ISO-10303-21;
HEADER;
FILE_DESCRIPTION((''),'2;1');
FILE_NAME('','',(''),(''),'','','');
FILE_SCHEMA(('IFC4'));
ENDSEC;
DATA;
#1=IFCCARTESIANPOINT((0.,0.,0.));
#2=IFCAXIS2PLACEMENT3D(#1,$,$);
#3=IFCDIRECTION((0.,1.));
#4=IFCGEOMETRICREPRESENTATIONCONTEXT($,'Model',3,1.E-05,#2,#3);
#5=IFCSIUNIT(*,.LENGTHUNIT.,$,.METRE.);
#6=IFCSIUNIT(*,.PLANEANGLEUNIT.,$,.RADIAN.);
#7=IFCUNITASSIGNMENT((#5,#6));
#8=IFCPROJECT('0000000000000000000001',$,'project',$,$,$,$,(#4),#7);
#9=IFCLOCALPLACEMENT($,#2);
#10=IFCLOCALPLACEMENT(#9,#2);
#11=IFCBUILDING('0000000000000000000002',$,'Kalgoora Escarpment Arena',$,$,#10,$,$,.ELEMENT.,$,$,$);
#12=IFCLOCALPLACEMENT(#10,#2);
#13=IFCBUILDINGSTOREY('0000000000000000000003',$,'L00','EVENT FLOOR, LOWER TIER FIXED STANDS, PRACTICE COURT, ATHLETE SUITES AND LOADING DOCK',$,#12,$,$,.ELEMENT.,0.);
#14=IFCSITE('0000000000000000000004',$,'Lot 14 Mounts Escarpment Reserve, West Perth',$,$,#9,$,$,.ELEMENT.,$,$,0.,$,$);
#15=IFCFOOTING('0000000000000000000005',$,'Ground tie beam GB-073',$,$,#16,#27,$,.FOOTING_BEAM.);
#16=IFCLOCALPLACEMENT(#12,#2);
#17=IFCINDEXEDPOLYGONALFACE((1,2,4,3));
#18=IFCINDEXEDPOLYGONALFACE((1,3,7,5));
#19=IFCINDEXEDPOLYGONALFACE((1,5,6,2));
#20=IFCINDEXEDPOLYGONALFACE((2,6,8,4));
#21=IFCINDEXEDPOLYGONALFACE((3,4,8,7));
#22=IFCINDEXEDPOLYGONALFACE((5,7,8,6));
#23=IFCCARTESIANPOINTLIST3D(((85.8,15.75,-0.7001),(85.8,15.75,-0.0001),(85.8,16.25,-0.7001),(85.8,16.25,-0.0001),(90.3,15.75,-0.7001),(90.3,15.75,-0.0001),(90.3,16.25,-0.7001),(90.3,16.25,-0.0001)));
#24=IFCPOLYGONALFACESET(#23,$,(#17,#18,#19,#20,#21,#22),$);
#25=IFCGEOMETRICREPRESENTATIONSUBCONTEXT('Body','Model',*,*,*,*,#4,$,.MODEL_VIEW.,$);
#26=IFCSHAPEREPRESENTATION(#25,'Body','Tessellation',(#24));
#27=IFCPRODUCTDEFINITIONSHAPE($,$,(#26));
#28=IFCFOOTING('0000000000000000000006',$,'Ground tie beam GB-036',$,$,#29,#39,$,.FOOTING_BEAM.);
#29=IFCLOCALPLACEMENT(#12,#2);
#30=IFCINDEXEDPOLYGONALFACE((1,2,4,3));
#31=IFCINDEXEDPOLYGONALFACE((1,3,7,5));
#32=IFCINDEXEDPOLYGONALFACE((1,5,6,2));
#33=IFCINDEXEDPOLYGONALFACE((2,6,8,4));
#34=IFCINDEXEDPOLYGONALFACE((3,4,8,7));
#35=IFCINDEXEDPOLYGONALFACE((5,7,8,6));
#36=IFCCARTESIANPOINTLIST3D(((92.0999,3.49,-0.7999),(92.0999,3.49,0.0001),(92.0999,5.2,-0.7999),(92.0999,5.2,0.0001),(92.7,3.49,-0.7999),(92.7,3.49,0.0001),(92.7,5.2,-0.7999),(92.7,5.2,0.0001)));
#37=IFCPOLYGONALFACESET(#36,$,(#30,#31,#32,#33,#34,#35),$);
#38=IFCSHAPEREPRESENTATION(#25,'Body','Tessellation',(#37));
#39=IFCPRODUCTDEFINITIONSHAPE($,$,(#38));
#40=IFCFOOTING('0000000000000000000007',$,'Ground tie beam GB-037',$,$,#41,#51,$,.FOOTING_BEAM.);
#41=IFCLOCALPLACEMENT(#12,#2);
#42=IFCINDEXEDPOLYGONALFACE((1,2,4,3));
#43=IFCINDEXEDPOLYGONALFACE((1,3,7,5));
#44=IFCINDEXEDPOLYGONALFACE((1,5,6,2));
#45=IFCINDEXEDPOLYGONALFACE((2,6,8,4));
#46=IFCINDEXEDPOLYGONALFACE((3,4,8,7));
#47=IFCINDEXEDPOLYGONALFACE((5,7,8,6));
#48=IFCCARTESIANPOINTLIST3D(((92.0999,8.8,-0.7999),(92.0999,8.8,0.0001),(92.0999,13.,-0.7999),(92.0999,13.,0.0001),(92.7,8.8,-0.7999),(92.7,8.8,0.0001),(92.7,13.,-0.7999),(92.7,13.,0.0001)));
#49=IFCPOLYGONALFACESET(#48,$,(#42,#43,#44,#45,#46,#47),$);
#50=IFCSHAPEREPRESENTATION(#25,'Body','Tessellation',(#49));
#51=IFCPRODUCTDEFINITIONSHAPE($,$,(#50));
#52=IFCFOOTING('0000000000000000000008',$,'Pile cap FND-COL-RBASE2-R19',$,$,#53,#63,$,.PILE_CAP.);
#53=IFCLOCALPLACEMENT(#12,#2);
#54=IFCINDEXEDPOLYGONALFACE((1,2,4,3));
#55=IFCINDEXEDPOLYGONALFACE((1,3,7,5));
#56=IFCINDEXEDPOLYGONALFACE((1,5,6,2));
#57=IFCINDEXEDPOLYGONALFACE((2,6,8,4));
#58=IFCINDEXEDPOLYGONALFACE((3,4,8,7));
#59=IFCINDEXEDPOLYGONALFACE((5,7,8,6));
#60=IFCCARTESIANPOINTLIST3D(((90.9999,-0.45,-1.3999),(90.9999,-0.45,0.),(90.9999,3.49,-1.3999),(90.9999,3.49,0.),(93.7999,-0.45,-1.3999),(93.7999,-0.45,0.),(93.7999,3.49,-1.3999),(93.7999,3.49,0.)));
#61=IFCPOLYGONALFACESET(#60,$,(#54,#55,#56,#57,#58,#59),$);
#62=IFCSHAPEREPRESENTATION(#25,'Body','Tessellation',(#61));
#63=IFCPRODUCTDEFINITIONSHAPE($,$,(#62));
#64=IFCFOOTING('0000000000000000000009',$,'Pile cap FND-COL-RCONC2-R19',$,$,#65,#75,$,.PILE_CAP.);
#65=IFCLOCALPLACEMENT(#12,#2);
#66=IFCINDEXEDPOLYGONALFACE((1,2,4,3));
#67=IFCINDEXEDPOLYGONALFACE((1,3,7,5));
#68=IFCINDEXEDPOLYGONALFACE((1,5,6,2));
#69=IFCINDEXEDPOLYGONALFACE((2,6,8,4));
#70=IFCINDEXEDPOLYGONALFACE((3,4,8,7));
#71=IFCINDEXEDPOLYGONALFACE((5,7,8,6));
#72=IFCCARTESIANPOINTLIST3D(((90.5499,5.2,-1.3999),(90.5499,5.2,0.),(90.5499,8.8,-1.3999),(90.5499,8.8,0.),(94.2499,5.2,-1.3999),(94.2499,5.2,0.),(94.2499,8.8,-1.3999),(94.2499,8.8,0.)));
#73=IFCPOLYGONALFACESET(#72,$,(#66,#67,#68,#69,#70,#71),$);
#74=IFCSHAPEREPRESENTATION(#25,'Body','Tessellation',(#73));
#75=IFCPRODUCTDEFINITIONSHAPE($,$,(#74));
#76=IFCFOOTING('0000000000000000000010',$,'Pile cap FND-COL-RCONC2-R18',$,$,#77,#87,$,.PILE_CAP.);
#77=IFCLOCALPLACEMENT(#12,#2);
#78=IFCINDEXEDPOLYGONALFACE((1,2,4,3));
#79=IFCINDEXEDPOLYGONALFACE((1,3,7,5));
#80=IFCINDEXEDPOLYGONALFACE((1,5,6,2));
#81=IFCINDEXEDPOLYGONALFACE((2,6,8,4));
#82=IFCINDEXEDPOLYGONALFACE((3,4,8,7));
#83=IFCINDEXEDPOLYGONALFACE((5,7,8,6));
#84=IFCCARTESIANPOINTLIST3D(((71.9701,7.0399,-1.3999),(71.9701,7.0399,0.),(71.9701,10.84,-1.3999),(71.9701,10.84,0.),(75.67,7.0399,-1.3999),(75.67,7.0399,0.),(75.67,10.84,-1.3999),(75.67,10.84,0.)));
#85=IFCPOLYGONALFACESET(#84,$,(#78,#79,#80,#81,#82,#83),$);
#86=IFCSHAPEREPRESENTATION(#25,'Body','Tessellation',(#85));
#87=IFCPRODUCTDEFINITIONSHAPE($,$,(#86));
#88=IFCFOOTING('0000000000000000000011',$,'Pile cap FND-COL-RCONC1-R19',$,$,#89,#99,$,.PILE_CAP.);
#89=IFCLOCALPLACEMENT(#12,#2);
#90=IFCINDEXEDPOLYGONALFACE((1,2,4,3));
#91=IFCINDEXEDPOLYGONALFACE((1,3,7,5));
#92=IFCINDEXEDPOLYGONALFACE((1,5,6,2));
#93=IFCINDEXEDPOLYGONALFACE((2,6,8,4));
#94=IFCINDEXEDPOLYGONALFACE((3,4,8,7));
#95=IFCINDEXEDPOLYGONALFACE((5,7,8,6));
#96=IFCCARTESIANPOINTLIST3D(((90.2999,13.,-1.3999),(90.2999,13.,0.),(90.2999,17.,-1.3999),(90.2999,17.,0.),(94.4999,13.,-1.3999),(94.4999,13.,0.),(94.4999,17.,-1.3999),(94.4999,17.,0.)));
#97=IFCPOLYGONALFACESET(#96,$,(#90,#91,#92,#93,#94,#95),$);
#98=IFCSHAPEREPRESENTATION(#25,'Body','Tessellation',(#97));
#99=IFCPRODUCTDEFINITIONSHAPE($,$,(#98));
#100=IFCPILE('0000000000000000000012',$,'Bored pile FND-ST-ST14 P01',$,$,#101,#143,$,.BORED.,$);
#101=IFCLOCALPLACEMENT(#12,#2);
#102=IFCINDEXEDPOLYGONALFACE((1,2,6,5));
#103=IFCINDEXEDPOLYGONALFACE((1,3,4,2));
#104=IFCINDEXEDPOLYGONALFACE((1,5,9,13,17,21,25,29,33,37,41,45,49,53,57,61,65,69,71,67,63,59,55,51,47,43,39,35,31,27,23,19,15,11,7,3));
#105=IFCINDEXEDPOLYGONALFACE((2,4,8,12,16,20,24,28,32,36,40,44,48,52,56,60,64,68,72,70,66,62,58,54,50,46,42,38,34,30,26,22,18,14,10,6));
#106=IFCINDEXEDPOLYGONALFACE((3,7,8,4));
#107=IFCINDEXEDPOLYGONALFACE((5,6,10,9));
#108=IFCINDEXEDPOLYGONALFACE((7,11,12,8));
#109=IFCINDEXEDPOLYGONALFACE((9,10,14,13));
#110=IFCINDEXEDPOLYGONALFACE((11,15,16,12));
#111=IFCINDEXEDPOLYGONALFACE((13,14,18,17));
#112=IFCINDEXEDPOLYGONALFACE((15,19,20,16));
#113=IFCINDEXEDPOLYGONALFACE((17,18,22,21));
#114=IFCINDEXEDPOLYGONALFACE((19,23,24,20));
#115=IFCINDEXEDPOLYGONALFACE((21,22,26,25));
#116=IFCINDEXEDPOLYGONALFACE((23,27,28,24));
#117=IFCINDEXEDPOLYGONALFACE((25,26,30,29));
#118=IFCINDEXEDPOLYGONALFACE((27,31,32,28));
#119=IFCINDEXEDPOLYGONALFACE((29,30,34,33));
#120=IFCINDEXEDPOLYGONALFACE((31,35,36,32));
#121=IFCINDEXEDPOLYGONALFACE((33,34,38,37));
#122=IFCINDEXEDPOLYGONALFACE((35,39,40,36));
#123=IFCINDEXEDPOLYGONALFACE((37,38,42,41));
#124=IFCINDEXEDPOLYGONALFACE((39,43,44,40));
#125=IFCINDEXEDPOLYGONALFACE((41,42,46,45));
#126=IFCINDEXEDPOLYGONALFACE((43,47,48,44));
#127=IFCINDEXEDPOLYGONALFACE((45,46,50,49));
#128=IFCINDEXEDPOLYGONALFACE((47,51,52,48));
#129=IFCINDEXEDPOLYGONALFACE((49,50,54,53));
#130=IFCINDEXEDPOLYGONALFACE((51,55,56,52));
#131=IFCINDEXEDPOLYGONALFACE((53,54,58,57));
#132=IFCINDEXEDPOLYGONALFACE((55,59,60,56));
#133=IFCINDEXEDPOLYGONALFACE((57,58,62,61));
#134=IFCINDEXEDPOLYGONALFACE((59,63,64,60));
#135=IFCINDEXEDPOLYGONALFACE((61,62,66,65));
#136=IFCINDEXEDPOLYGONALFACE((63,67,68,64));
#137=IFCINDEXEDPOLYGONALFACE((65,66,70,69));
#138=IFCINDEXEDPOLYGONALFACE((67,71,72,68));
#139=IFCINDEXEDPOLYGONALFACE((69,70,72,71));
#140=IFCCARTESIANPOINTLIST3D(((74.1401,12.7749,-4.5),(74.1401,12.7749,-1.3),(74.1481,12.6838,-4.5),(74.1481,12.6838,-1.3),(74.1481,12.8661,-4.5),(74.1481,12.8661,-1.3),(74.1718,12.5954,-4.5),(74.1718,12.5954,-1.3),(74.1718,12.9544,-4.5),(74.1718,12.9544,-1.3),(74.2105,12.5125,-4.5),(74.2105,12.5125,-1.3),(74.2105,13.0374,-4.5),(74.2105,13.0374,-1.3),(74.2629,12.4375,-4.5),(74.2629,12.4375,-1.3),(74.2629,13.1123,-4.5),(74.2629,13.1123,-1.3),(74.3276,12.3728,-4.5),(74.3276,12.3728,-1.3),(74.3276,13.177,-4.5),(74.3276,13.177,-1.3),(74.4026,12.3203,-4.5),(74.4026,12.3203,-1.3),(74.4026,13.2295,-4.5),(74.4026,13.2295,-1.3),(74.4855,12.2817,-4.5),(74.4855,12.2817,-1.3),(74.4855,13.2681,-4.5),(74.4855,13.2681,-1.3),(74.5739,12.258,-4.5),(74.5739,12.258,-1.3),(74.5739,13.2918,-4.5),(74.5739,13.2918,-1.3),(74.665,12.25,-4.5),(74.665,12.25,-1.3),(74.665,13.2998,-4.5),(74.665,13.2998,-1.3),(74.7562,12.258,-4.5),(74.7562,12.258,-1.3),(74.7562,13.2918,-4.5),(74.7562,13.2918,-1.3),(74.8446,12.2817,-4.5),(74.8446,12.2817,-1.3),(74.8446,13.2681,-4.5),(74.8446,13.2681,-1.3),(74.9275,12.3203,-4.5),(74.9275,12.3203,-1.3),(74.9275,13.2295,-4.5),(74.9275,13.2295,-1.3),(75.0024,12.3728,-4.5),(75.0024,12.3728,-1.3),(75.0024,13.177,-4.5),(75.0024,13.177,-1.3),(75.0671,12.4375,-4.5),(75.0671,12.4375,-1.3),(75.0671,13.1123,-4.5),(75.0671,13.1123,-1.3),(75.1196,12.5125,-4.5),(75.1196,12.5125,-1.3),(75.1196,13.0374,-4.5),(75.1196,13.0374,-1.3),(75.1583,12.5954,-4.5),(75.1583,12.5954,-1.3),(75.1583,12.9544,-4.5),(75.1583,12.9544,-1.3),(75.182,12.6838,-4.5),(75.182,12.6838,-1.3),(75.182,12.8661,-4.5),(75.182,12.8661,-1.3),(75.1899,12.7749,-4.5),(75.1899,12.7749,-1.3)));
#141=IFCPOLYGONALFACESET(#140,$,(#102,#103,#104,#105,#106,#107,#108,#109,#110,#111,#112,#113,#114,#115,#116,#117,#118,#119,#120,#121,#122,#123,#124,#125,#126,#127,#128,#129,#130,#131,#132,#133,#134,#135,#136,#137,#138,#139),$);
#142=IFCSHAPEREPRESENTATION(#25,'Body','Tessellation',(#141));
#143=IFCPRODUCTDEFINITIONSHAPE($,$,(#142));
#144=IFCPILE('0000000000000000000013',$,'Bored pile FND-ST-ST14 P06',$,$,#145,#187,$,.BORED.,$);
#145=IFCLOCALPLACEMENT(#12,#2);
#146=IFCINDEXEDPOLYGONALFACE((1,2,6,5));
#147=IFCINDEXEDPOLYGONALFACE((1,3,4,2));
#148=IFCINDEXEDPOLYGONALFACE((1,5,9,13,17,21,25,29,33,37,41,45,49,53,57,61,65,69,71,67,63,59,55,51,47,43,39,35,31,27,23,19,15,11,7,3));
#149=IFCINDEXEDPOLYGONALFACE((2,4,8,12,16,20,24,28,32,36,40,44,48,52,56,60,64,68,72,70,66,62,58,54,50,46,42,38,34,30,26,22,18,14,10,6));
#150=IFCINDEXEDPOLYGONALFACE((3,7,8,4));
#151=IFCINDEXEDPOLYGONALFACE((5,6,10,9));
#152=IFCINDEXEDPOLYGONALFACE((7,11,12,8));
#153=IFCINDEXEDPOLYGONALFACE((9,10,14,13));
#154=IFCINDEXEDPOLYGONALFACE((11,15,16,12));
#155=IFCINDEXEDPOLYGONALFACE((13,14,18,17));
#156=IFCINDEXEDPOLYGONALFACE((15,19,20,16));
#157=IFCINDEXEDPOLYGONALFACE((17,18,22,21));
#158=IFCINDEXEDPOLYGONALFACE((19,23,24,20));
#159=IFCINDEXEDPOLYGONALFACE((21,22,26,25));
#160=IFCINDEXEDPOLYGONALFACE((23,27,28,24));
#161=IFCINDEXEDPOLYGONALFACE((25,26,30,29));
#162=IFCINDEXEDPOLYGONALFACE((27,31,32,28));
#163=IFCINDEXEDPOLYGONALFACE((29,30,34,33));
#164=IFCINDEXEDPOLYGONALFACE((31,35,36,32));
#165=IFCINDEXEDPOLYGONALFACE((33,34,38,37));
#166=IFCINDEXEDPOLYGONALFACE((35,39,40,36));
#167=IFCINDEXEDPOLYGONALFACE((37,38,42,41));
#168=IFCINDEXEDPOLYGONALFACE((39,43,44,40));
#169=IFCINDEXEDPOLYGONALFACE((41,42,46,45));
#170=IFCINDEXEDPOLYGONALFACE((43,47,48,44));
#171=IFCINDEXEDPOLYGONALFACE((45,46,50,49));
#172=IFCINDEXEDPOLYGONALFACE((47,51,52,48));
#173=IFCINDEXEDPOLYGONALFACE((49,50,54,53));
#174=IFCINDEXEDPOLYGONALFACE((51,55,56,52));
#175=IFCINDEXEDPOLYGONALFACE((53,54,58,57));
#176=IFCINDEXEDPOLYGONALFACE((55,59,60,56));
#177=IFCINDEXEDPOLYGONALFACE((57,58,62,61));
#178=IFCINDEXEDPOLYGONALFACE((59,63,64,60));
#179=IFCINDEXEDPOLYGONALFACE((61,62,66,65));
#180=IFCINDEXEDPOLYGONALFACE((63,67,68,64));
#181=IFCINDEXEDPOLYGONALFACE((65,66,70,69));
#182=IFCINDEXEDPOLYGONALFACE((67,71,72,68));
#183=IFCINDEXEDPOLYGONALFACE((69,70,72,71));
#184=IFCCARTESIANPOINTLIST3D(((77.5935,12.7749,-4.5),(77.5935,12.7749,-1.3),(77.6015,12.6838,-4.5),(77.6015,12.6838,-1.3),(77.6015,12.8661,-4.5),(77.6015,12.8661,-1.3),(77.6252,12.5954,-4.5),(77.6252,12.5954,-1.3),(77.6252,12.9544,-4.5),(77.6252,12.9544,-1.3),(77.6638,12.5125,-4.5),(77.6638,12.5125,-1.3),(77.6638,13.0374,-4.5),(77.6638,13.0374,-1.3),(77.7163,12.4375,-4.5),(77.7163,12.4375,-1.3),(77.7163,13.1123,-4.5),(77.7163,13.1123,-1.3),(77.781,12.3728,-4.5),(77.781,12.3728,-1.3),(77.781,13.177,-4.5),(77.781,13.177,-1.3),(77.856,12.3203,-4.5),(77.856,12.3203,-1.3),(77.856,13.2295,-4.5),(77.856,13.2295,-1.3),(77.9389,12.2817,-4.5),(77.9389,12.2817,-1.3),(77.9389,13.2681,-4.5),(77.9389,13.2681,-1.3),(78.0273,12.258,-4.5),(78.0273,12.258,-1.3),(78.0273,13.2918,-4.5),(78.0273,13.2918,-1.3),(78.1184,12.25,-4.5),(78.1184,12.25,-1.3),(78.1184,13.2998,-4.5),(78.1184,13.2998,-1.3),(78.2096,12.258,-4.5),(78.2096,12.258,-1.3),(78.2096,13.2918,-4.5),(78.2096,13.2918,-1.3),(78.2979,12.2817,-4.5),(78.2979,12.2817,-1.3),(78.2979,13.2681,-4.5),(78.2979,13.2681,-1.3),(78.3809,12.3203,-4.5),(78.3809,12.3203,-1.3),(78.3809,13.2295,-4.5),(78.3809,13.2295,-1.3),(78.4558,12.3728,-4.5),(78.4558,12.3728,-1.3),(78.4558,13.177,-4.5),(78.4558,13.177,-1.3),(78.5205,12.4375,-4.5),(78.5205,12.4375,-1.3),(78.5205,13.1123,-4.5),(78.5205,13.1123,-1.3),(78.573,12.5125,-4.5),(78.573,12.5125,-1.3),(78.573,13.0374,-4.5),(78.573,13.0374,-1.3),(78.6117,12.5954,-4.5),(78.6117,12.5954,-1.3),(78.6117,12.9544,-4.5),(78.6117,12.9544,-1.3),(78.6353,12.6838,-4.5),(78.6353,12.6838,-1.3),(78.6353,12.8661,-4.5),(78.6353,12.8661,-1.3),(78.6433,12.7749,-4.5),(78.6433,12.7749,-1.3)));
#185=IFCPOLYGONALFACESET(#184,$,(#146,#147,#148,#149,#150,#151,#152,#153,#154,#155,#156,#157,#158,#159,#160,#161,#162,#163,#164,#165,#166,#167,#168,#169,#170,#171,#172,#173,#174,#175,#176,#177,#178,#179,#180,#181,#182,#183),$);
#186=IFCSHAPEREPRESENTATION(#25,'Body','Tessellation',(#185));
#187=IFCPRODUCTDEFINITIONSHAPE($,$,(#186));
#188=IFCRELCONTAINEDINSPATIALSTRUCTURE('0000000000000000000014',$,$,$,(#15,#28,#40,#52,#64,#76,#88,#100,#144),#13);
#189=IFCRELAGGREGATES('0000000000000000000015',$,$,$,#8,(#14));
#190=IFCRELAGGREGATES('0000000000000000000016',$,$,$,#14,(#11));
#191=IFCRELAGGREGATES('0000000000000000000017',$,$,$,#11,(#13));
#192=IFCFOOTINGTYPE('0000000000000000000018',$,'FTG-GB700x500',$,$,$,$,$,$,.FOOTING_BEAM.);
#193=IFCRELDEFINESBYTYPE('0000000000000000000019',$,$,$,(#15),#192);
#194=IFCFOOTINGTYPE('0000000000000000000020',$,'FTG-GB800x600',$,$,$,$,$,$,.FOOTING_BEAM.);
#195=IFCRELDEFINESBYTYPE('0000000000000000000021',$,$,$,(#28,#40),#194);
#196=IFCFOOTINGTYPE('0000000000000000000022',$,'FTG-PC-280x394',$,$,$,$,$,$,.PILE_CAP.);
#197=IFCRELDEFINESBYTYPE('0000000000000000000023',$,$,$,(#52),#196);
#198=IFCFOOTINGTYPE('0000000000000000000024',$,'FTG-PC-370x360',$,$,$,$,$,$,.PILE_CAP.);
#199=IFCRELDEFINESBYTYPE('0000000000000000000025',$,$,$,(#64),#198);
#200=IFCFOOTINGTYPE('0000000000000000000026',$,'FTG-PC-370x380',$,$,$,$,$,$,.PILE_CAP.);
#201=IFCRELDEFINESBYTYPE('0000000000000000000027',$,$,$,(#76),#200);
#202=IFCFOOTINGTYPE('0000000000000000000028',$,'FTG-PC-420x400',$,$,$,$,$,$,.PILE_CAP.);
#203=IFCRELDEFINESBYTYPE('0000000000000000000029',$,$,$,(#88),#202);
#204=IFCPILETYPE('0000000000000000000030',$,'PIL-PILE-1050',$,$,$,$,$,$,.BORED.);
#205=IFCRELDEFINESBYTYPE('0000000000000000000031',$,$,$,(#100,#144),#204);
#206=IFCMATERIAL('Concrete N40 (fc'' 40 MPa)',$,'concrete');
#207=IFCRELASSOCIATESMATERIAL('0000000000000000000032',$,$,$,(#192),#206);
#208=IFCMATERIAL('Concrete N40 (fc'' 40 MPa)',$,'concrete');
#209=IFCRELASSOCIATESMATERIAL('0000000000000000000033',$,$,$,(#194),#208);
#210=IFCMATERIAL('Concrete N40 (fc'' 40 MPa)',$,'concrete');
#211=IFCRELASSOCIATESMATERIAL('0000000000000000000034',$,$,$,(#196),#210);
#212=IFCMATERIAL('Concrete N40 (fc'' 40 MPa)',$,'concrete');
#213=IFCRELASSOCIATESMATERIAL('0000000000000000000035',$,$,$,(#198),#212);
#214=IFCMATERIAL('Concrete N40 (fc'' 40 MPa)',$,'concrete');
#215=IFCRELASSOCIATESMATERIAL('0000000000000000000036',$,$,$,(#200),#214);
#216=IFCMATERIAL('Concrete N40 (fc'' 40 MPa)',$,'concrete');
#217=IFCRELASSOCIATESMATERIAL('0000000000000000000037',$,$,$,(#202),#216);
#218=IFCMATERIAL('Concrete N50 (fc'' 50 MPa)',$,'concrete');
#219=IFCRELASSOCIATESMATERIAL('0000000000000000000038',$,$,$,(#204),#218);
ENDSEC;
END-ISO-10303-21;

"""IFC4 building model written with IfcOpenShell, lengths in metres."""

from ifc_helpers import new_model, si_unit, direction, frame, origin, origin_2d, place, context, subcontext, project, spatial, rectangle, circle, extrude, material, material_profile, profile_set, type_object, element, save


model = new_model("IFC4")

# Units and contexts
model_context = context("Model", 3, precision=1e-05, world=origin(), true_north=direction((0.0, 1.0)))
body_context = subcontext(model_context, "Body", "Model", "MODEL_VIEW")
ifc_project = project(units=[si_unit("LENGTHUNIT", "METRE"), si_unit("PLANEANGLEUNIT", "RADIAN")], contexts=[model_context])

# Site, building, storey
site_placement = place(None, origin())
site = spatial("IfcSite", under=ifc_project, at=site_placement, Name="Lot 14 Mounts Escarpment Reserve, West Perth", CompositionType="ELEMENT", RefElevation=0.0)
building_placement = place(site_placement, origin())
building = spatial("IfcBuilding", under=site, at=building_placement, Name="Kalgoora Escarpment Arena", CompositionType="ELEMENT")
storey_placement = place(building_placement, origin())
storey = spatial("IfcBuildingStorey", under=building, at=storey_placement, Name="L00", Description="EVENT FLOOR, LOWER TIER FIXED STANDS, PRACTICE COURT, ATHLETE SUITES AND LOADING DOCK", CompositionType="ELEMENT", Elevation=0.0)

# Footings
ifc_material_1 = material(Name="Concrete N40 (fc' 40 MPa)", Category="concrete")
ifc_material_profile_1 = material_profile(ifc_material_1, rectangle(XDim=0.5, YDim=0.7, at=origin_2d()))
ifc_profile_set_1 = profile_set([ifc_material_profile_1], Name="Concrete N40 (fc' 40 MPa)")
footing_type_1 = type_object("IfcFootingType", Name="FTG-GB700x500", PredefinedType="FOOTING_BEAM", material=ifc_profile_set_1)
footing_1_placement = place(storey_placement, frame((85.8, 16.0, -0.3501), z_axis=(1.0, 0.0, 0.0), x_axis=(0.0, 1.0, 0.0)))
element("IfcFooting", 1, at=footing_1_placement, inside=storey, type_object=footing_type_1, Name="Ground tie beam GB-073", PredefinedType="FOOTING_BEAM", context=body_context, shape_type="SweptSolid", body=[
    extrude(rectangle(XDim=0.5, YDim=0.7, at=origin_2d()), origin(), (0.0, 0.0, 1.0), 4.5),
])
ifc_material_2 = material(Name="Concrete N40 (fc' 40 MPa)", Category="concrete")
ifc_material_profile_2 = material_profile(ifc_material_2, rectangle(XDim=0.6001, YDim=0.8, at=origin_2d()))
ifc_profile_set_2 = profile_set([ifc_material_profile_2], Name="Concrete N40 (fc' 40 MPa)")
footing_type_2 = type_object("IfcFootingType", Name="FTG-GB800x600", PredefinedType="FOOTING_BEAM", material=ifc_profile_set_2)
footing_2_placement = place(storey_placement, frame((92.3999, 3.49, -0.3999), z_axis=(0.0, 1.0, 0.0), x_axis=(-1.0, 0.0, 0.0)))
element("IfcFooting", 2, at=footing_2_placement, inside=storey, type_object=footing_type_2, Name="Ground tie beam GB-036", PredefinedType="FOOTING_BEAM", context=body_context, shape_type="SweptSolid", body=[
    extrude(rectangle(XDim=0.6001, YDim=0.8, at=origin_2d()), origin(), (0.0, 0.0, 1.0), 1.71),
])
footing_3_placement = place(storey_placement, frame((92.3999, 8.8, -0.3999), z_axis=(0.0, 1.0, 0.0), x_axis=(-1.0, 0.0, 0.0)))
element("IfcFooting", 3, at=footing_3_placement, inside=storey, type_object=footing_type_2, Name="Ground tie beam GB-037", PredefinedType="FOOTING_BEAM", context=body_context, shape_type="SweptSolid", body=[
    extrude(rectangle(XDim=0.6001, YDim=0.8, at=origin_2d()), origin(), (0.0, 0.0, 1.0), 4.2),
])
ifc_material_3 = material(Name="Concrete N40 (fc' 40 MPa)", Category="concrete")
footing_type_3 = type_object("IfcFootingType", Name="FTG-PC-280x394", PredefinedType="PILE_CAP", material=ifc_material_3)
footing_4_placement = place(storey_placement, frame((92.3999, 1.52, -1.3999), z_axis=(0.0, 0.0, 1.0), x_axis=(1.0, 0.0, 0.0)))
element("IfcFooting", 4, at=footing_4_placement, inside=storey, type_object=footing_type_3, Name="Pile cap FND-COL-RBASE2-R19", PredefinedType="PILE_CAP", context=body_context, shape_type="SweptSolid", body=[
    extrude(rectangle(XDim=2.8, YDim=3.9399, at=origin_2d()), origin(), (0.0, 0.0, 1.0), 1.3999),
])
ifc_material_4 = material(Name="Concrete N40 (fc' 40 MPa)", Category="concrete")
footing_type_4 = type_object("IfcFootingType", Name="FTG-PC-370x360", PredefinedType="PILE_CAP", material=ifc_material_4)
footing_5_placement = place(storey_placement, frame((92.3999, 7.0, -1.3999), z_axis=(0.0, 0.0, 1.0), x_axis=(1.0, 0.0, 0.0)))
element("IfcFooting", 5, at=footing_5_placement, inside=storey, type_object=footing_type_4, Name="Pile cap FND-COL-RCONC2-R19", PredefinedType="PILE_CAP", context=body_context, shape_type="SweptSolid", body=[
    extrude(rectangle(XDim=3.7, YDim=3.6001, at=origin_2d()), origin(), (0.0, 0.0, 1.0), 1.3999),
])
ifc_material_5 = material(Name="Concrete N40 (fc' 40 MPa)", Category="concrete")
footing_type_5 = type_object("IfcFootingType", Name="FTG-PC-370x380", PredefinedType="PILE_CAP", material=ifc_material_5)
footing_6_placement = place(storey_placement, frame((73.8201, 8.9399, -1.3999), z_axis=(0.0, 0.0, 1.0), x_axis=(1.0, 0.0, 0.0)))
element("IfcFooting", 6, at=footing_6_placement, inside=storey, type_object=footing_type_5, Name="Pile cap FND-COL-RCONC2-R18", PredefinedType="PILE_CAP", context=body_context, shape_type="SweptSolid", body=[
    extrude(rectangle(XDim=3.7, YDim=3.8, at=origin_2d()), origin(), (0.0, 0.0, 1.0), 1.3999),
])
ifc_material_6 = material(Name="Concrete N40 (fc' 40 MPa)", Category="concrete")
footing_type_6 = type_object("IfcFootingType", Name="FTG-PC-420x400", PredefinedType="PILE_CAP", material=ifc_material_6)
footing_7_placement = place(storey_placement, frame((92.3999, 15.0, -1.3999), z_axis=(0.0, 0.0, 1.0), x_axis=(1.0, 0.0, 0.0)))
element("IfcFooting", 7, at=footing_7_placement, inside=storey, type_object=footing_type_6, Name="Pile cap FND-COL-RCONC1-R19", PredefinedType="PILE_CAP", context=body_context, shape_type="SweptSolid", body=[
    extrude(rectangle(XDim=4.2, YDim=4.0, at=origin_2d()), origin(), (0.0, 0.0, 1.0), 1.3999),
])

# Piles
ifc_material_7 = material(Name="Concrete N50 (fc' 50 MPa)", Category="concrete")
ifc_material_profile_3 = material_profile(ifc_material_7, circle(Radius=0.5249, at=origin_2d()))
ifc_profile_set_3 = profile_set([ifc_material_profile_3], Name="Concrete N50 (fc' 50 MPa)")
pile_type_1 = type_object("IfcPileType", Name="PIL-PILE-1050", PredefinedType="BORED", material=ifc_profile_set_3)
for number, where, z_axis, x_axis, name in (
    (8, (74.665, 12.7749, -1.3), (0.0, 0.0, -1.0), (1.0, 0.0, 0.0), "Bored pile FND-ST-ST14 P01"),
    (9, (78.1184, 12.7749, -1.3), (0.0, 0.0, -1.0), (1.0, 0.0, 0.0), "Bored pile FND-ST-ST14 P06"),
):
    element("IfcPile", number, at=place(storey_placement, frame(where, z_axis=z_axis, x_axis=x_axis)), inside=storey, type_object=pile_type_1, Name=name, PredefinedType="BORED", context=body_context, shape_type="SweptSolid", body=[
        extrude(circle(Radius=0.5249, at=origin_2d()), origin(), (0.0, 0.0, 1.0), 3.2),
    ])

save(model, "model.ifc")
